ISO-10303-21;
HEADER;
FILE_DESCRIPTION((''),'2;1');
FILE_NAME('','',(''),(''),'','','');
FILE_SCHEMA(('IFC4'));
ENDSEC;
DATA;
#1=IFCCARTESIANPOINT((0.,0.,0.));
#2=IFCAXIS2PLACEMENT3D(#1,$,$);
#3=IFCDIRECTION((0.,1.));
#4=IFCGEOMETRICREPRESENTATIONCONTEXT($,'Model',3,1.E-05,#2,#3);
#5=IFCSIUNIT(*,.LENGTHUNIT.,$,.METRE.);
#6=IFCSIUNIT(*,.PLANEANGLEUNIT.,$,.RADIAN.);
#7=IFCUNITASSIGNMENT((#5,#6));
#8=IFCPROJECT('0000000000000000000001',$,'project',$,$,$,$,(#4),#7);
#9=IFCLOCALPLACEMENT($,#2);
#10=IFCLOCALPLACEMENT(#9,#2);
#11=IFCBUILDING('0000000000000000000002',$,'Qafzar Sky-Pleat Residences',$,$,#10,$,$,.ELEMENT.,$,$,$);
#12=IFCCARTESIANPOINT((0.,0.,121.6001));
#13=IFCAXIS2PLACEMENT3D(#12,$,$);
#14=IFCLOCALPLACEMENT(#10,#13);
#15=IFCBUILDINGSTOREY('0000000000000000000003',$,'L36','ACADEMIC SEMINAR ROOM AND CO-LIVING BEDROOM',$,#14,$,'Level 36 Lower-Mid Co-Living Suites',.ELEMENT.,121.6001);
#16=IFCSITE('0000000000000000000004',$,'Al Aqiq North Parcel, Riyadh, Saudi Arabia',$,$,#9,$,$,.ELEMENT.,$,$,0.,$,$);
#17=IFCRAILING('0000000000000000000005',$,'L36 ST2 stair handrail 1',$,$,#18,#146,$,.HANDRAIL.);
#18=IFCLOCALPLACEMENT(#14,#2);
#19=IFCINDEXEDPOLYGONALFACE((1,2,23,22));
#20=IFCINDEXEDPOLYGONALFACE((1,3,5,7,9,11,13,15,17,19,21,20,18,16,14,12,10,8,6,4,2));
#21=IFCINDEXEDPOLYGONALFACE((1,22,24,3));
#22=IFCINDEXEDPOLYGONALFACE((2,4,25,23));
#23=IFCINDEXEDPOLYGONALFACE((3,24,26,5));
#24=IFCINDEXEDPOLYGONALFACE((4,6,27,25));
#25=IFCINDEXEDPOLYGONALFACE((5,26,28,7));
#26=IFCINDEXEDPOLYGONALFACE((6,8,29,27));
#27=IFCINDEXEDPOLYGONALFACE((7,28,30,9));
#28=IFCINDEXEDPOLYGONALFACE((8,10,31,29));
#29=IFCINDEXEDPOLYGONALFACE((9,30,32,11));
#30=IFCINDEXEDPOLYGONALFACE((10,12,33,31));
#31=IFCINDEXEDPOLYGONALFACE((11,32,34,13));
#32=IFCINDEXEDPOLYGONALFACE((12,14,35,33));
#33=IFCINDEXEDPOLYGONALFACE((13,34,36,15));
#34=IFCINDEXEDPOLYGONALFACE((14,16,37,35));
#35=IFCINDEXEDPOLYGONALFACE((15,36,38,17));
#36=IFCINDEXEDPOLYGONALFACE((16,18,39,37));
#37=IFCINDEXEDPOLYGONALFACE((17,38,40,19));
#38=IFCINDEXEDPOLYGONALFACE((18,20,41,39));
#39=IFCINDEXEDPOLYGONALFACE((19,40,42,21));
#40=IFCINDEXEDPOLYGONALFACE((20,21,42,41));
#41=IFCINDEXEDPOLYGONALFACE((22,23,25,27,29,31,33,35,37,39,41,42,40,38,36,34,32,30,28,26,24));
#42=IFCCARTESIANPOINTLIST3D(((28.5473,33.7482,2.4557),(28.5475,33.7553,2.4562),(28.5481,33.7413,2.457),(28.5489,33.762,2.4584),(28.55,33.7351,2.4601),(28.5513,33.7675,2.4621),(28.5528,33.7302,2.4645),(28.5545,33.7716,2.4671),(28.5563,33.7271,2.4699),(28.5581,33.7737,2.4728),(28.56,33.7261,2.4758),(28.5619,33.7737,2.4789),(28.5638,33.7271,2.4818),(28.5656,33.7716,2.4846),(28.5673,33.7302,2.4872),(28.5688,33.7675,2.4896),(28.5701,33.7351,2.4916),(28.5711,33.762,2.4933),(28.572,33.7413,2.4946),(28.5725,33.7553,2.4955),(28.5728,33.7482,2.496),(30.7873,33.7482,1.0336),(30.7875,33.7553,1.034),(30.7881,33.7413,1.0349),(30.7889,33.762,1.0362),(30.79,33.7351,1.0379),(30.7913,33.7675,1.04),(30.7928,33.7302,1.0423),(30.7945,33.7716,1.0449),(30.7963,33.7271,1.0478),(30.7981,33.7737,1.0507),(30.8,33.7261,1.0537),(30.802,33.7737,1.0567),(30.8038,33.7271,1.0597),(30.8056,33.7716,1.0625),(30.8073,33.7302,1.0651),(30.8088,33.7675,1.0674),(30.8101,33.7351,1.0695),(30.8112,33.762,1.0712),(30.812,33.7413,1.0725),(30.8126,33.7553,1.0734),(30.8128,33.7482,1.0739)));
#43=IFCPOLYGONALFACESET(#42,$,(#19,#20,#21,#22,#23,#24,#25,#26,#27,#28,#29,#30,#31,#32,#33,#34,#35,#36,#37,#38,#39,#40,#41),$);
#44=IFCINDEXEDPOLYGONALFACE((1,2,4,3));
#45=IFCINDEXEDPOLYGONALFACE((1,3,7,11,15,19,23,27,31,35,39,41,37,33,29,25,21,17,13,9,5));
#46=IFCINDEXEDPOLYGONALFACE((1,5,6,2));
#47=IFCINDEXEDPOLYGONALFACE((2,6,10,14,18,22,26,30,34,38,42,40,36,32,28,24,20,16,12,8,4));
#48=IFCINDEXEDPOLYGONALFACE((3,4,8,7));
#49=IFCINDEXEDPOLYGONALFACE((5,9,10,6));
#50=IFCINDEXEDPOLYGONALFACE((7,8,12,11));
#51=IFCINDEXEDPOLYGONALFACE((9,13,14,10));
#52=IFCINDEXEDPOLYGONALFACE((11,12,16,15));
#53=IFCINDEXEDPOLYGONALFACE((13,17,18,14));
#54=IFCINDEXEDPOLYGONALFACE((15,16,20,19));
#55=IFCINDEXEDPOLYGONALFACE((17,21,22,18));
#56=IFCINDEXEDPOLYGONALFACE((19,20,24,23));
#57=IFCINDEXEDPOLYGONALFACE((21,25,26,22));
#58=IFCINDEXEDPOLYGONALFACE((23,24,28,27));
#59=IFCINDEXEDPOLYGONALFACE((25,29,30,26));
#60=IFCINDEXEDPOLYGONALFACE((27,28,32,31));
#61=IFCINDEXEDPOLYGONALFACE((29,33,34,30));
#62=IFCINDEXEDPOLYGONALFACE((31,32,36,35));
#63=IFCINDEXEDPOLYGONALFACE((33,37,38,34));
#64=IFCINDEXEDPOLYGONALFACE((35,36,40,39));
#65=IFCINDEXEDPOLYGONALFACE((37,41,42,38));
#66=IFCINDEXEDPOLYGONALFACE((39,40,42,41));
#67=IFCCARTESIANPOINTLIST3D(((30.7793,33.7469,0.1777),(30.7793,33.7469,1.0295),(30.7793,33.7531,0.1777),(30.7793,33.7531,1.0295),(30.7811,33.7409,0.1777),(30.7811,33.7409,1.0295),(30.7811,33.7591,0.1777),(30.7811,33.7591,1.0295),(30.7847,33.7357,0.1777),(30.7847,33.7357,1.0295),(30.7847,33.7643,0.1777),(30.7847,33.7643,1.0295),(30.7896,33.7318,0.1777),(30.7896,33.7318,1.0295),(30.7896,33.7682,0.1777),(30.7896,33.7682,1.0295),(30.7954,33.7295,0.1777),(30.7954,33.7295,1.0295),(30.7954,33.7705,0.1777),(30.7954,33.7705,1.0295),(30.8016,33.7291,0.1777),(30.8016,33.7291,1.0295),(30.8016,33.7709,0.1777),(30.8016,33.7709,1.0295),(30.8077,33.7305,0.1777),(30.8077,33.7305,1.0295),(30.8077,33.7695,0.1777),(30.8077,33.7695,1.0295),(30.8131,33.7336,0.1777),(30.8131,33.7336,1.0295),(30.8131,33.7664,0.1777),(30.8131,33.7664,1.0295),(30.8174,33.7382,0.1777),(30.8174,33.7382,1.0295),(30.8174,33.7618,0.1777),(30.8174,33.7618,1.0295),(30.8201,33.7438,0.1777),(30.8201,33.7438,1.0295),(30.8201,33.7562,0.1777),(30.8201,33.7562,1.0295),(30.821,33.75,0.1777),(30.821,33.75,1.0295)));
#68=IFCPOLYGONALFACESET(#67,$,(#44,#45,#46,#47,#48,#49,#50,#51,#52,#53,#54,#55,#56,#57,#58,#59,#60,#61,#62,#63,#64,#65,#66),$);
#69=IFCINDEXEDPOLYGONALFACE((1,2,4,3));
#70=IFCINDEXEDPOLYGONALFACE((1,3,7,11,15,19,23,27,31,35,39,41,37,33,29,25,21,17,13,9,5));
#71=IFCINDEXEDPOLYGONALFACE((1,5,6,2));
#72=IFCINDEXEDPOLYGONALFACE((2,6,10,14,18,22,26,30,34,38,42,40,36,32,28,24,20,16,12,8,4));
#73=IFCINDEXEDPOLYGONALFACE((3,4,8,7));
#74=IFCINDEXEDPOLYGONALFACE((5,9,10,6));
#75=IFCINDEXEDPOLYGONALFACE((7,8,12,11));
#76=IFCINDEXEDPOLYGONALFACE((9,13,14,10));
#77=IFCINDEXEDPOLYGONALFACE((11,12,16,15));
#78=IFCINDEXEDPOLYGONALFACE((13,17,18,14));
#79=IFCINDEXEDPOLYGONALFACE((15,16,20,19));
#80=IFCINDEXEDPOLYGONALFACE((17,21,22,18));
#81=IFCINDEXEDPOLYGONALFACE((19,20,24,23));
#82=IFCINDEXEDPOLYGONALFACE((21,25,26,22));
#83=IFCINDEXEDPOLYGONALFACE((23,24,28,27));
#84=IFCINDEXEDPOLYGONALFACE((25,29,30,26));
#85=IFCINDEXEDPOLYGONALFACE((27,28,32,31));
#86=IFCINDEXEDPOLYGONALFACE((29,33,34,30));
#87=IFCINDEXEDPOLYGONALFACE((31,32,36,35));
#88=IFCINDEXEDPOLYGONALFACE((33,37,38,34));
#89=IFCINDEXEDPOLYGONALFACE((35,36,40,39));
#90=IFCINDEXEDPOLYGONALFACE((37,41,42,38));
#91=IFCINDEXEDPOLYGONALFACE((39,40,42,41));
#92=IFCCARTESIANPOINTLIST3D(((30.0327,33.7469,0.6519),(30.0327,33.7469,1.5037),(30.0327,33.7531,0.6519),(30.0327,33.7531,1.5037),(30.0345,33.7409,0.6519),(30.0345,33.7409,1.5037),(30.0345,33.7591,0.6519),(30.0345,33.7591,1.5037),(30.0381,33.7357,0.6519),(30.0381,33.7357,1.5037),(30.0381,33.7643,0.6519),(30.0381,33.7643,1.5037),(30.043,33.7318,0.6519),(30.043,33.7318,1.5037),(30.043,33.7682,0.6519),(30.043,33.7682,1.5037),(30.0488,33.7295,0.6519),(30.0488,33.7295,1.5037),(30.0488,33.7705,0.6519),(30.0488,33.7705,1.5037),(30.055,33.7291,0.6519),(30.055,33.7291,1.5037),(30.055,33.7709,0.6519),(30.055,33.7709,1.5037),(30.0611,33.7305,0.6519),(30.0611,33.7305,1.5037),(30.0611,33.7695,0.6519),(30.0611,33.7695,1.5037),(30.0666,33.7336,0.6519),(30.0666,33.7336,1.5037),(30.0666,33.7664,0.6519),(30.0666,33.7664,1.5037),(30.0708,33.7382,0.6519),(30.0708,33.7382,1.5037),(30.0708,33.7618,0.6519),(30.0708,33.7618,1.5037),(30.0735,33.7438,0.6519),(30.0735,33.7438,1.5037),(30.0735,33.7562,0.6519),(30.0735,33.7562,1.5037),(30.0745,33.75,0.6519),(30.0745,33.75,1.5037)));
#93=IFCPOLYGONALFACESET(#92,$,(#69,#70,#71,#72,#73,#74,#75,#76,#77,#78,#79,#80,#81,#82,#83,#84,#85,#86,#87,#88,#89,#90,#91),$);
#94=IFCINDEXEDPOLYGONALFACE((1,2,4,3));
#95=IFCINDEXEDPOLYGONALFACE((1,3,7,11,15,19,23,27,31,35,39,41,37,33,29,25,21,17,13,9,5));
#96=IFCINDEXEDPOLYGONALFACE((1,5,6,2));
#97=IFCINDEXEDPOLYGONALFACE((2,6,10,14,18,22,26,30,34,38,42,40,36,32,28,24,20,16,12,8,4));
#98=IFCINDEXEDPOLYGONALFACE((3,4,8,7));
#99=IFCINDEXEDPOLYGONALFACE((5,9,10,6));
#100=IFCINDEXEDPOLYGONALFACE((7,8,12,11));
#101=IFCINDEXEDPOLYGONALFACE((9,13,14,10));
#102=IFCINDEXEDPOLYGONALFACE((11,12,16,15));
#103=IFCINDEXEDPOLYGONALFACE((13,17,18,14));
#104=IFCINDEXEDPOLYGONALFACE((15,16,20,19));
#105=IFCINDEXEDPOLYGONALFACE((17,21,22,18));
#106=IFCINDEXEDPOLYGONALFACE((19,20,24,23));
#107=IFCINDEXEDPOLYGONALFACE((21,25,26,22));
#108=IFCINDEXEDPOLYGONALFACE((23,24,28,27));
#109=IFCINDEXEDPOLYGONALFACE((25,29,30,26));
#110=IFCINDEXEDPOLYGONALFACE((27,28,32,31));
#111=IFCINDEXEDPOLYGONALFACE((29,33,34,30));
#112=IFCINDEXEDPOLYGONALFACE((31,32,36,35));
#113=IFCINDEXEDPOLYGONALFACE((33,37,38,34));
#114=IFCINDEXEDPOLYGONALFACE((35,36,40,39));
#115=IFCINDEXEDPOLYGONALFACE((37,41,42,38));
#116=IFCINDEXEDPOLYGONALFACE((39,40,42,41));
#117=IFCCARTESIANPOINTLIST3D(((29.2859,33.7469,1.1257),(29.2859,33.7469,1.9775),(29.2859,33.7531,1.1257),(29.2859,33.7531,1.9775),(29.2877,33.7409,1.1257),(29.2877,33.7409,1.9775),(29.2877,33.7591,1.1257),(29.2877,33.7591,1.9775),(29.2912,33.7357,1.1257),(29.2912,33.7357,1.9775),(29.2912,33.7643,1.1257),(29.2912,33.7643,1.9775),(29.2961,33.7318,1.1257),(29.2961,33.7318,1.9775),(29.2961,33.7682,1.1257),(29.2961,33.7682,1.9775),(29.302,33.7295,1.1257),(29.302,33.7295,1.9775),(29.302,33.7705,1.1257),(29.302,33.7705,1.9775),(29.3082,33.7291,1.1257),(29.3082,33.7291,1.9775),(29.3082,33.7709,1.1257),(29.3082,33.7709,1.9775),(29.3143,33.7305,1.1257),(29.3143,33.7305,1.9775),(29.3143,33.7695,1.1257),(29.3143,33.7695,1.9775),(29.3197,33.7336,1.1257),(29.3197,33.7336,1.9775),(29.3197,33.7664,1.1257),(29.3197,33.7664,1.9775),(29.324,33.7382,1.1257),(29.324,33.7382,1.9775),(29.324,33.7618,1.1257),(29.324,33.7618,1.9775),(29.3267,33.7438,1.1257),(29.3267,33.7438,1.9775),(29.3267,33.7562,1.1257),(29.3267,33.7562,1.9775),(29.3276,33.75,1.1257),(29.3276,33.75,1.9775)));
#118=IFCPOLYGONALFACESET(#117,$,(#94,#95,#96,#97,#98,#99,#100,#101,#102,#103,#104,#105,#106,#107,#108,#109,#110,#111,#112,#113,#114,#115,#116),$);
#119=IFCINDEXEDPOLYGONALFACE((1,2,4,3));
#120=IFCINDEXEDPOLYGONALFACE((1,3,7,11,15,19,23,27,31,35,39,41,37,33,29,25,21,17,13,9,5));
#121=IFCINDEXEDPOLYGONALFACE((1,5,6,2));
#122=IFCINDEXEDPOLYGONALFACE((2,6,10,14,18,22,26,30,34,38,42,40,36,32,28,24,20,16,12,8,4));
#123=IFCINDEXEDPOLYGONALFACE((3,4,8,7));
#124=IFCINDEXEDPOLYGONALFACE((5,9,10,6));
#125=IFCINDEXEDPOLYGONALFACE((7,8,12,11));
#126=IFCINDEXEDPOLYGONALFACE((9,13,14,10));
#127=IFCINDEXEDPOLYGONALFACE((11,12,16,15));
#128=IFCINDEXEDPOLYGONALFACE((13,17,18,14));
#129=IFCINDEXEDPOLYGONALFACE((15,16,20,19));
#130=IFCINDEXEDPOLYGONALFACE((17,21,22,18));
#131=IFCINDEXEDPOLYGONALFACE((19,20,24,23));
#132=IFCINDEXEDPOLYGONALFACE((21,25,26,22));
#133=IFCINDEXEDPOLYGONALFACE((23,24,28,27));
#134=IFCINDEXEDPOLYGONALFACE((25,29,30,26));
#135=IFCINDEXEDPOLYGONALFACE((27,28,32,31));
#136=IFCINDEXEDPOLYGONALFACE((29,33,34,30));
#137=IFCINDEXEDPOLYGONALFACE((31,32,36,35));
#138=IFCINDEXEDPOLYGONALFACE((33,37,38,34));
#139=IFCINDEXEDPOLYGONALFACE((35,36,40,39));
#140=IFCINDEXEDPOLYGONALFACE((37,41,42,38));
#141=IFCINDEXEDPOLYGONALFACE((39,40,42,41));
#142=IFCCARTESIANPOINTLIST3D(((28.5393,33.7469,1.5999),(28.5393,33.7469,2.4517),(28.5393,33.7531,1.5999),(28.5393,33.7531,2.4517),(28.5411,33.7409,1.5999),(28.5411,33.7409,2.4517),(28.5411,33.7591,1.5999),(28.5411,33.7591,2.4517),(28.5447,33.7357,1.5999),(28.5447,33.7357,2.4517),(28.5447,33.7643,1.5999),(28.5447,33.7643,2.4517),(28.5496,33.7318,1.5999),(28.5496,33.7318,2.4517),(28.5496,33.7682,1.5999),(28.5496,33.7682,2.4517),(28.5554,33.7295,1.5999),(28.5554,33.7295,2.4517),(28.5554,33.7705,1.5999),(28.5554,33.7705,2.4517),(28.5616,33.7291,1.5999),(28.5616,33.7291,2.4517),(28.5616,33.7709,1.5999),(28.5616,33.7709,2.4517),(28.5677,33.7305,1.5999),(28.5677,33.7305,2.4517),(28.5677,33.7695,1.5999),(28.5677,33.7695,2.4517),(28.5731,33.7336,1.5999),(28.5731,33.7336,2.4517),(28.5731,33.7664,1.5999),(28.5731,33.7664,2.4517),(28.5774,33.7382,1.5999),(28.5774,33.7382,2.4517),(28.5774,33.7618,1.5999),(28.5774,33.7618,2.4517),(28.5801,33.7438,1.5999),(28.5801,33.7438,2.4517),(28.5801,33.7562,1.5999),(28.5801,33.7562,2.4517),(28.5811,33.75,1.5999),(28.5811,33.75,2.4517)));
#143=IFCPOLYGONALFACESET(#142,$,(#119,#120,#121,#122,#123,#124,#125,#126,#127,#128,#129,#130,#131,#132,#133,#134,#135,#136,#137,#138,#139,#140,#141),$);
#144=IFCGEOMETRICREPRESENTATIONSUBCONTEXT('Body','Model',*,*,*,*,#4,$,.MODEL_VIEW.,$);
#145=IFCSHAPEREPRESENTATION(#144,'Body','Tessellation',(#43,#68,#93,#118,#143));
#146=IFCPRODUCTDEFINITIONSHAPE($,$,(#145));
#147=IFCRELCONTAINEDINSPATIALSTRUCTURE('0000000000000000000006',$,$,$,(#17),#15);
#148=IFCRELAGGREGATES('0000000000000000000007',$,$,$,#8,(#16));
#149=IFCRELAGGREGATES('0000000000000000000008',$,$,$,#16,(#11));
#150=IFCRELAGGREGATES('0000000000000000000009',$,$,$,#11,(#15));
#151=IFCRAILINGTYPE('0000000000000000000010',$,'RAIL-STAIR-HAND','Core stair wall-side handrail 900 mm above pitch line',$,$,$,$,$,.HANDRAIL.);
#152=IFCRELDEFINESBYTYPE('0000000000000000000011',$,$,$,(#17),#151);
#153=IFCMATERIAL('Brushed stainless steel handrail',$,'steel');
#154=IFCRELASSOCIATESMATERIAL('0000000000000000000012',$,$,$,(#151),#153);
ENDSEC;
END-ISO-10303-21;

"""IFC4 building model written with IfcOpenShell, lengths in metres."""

from ifc_helpers import new_model, si_unit, direction, frame, origin, origin_2d, place, context, subcontext, project, spatial, circle, extrude, source, transform, mapped, material, type_object, element, save


model = new_model("IFC4")

# Units and contexts
model_context = context("Model", 3, precision=1e-05, world=origin(), true_north=direction((0.0, 1.0)))
body_context = subcontext(model_context, "Body", "Model", "MODEL_VIEW")
ifc_project = project(units=[si_unit("LENGTHUNIT", "METRE"), si_unit("PLANEANGLEUNIT", "RADIAN")], contexts=[model_context])

# Site, building, storey
site_placement = place(None, origin())
site = spatial("IfcSite", under=ifc_project, at=site_placement, Name="Al Aqiq North Parcel, Riyadh, Saudi Arabia", CompositionType="ELEMENT", RefElevation=0.0)
building_placement = place(site_placement, origin())
building = spatial("IfcBuilding", under=site, at=building_placement, Name="Qafzar Sky-Pleat Residences", CompositionType="ELEMENT")
storey_placement = place(building_placement, frame((0.0, 0.0, 121.6001)))
storey = spatial("IfcBuildingStorey", under=building, at=storey_placement, Name="L36", Description="ACADEMIC SEMINAR ROOM AND CO-LIVING BEDROOM", LongName="Level 36 Lower-Mid Co-Living Suites", CompositionType="ELEMENT", Elevation=121.6001)

# Railing
ifc_material_1 = material(Name="Brushed stainless steel handrail", Category="steel")
railing_type_1 = type_object("IfcRailingType", Name="RAIL-STAIR-HAND", Description="Core stair wall-side handrail 900 mm above pitch line", PredefinedType="HANDRAIL", material=ifc_material_1)
shared_shape_1 = source(origin(), body_context, "Body", "SweptSolid", [
    extrude(circle(Radius=0.0239, at=origin_2d()), frame((0.0, 0.0, 0.876), z_axis=(-0.844229, 0.0, 0.535982), x_axis=(0.0, -1.0, 0.0)), (0.0, 0.0, 1.0), 2.6533),
    extrude(circle(Radius=0.021, at=origin_2d()), origin(), (0.0, 0.0, 1.0), 0.8518),
    extrude(circle(Radius=0.021, at=origin_2d()), frame((-0.7466, 0.0, 0.4741)), (0.0, 0.0, 1.0), 0.8518),
    extrude(circle(Radius=0.021, at=origin_2d()), frame((-1.4934, 0.0, 0.948)), (0.0, 0.0, 1.0), 0.8518),
    extrude(circle(Radius=0.021, at=origin_2d()), frame((-2.24, 0.0, 1.4221)), (0.0, 0.0, 1.0), 0.8518),
])
railing_1_placement = place(storey_placement, frame((30.8, 33.75, 0.1777)))
element("IfcRailing", 1, at=railing_1_placement, inside=storey, type_object=railing_type_1, Name="L36 ST2 stair handrail 1", PredefinedType="HANDRAIL", context=body_context, shape_type="MappedRepresentation", body=[
    mapped(shared_shape_1, transform((0.0, 0.0, 0.0), x_axis=(1.0, 0.0, 0.0), y_axis=(0.0, 1.0, 0.0), z_axis=(0.0, 0.0, 1.0), scale=1.0)),
])

save(model, "model.ifc")
